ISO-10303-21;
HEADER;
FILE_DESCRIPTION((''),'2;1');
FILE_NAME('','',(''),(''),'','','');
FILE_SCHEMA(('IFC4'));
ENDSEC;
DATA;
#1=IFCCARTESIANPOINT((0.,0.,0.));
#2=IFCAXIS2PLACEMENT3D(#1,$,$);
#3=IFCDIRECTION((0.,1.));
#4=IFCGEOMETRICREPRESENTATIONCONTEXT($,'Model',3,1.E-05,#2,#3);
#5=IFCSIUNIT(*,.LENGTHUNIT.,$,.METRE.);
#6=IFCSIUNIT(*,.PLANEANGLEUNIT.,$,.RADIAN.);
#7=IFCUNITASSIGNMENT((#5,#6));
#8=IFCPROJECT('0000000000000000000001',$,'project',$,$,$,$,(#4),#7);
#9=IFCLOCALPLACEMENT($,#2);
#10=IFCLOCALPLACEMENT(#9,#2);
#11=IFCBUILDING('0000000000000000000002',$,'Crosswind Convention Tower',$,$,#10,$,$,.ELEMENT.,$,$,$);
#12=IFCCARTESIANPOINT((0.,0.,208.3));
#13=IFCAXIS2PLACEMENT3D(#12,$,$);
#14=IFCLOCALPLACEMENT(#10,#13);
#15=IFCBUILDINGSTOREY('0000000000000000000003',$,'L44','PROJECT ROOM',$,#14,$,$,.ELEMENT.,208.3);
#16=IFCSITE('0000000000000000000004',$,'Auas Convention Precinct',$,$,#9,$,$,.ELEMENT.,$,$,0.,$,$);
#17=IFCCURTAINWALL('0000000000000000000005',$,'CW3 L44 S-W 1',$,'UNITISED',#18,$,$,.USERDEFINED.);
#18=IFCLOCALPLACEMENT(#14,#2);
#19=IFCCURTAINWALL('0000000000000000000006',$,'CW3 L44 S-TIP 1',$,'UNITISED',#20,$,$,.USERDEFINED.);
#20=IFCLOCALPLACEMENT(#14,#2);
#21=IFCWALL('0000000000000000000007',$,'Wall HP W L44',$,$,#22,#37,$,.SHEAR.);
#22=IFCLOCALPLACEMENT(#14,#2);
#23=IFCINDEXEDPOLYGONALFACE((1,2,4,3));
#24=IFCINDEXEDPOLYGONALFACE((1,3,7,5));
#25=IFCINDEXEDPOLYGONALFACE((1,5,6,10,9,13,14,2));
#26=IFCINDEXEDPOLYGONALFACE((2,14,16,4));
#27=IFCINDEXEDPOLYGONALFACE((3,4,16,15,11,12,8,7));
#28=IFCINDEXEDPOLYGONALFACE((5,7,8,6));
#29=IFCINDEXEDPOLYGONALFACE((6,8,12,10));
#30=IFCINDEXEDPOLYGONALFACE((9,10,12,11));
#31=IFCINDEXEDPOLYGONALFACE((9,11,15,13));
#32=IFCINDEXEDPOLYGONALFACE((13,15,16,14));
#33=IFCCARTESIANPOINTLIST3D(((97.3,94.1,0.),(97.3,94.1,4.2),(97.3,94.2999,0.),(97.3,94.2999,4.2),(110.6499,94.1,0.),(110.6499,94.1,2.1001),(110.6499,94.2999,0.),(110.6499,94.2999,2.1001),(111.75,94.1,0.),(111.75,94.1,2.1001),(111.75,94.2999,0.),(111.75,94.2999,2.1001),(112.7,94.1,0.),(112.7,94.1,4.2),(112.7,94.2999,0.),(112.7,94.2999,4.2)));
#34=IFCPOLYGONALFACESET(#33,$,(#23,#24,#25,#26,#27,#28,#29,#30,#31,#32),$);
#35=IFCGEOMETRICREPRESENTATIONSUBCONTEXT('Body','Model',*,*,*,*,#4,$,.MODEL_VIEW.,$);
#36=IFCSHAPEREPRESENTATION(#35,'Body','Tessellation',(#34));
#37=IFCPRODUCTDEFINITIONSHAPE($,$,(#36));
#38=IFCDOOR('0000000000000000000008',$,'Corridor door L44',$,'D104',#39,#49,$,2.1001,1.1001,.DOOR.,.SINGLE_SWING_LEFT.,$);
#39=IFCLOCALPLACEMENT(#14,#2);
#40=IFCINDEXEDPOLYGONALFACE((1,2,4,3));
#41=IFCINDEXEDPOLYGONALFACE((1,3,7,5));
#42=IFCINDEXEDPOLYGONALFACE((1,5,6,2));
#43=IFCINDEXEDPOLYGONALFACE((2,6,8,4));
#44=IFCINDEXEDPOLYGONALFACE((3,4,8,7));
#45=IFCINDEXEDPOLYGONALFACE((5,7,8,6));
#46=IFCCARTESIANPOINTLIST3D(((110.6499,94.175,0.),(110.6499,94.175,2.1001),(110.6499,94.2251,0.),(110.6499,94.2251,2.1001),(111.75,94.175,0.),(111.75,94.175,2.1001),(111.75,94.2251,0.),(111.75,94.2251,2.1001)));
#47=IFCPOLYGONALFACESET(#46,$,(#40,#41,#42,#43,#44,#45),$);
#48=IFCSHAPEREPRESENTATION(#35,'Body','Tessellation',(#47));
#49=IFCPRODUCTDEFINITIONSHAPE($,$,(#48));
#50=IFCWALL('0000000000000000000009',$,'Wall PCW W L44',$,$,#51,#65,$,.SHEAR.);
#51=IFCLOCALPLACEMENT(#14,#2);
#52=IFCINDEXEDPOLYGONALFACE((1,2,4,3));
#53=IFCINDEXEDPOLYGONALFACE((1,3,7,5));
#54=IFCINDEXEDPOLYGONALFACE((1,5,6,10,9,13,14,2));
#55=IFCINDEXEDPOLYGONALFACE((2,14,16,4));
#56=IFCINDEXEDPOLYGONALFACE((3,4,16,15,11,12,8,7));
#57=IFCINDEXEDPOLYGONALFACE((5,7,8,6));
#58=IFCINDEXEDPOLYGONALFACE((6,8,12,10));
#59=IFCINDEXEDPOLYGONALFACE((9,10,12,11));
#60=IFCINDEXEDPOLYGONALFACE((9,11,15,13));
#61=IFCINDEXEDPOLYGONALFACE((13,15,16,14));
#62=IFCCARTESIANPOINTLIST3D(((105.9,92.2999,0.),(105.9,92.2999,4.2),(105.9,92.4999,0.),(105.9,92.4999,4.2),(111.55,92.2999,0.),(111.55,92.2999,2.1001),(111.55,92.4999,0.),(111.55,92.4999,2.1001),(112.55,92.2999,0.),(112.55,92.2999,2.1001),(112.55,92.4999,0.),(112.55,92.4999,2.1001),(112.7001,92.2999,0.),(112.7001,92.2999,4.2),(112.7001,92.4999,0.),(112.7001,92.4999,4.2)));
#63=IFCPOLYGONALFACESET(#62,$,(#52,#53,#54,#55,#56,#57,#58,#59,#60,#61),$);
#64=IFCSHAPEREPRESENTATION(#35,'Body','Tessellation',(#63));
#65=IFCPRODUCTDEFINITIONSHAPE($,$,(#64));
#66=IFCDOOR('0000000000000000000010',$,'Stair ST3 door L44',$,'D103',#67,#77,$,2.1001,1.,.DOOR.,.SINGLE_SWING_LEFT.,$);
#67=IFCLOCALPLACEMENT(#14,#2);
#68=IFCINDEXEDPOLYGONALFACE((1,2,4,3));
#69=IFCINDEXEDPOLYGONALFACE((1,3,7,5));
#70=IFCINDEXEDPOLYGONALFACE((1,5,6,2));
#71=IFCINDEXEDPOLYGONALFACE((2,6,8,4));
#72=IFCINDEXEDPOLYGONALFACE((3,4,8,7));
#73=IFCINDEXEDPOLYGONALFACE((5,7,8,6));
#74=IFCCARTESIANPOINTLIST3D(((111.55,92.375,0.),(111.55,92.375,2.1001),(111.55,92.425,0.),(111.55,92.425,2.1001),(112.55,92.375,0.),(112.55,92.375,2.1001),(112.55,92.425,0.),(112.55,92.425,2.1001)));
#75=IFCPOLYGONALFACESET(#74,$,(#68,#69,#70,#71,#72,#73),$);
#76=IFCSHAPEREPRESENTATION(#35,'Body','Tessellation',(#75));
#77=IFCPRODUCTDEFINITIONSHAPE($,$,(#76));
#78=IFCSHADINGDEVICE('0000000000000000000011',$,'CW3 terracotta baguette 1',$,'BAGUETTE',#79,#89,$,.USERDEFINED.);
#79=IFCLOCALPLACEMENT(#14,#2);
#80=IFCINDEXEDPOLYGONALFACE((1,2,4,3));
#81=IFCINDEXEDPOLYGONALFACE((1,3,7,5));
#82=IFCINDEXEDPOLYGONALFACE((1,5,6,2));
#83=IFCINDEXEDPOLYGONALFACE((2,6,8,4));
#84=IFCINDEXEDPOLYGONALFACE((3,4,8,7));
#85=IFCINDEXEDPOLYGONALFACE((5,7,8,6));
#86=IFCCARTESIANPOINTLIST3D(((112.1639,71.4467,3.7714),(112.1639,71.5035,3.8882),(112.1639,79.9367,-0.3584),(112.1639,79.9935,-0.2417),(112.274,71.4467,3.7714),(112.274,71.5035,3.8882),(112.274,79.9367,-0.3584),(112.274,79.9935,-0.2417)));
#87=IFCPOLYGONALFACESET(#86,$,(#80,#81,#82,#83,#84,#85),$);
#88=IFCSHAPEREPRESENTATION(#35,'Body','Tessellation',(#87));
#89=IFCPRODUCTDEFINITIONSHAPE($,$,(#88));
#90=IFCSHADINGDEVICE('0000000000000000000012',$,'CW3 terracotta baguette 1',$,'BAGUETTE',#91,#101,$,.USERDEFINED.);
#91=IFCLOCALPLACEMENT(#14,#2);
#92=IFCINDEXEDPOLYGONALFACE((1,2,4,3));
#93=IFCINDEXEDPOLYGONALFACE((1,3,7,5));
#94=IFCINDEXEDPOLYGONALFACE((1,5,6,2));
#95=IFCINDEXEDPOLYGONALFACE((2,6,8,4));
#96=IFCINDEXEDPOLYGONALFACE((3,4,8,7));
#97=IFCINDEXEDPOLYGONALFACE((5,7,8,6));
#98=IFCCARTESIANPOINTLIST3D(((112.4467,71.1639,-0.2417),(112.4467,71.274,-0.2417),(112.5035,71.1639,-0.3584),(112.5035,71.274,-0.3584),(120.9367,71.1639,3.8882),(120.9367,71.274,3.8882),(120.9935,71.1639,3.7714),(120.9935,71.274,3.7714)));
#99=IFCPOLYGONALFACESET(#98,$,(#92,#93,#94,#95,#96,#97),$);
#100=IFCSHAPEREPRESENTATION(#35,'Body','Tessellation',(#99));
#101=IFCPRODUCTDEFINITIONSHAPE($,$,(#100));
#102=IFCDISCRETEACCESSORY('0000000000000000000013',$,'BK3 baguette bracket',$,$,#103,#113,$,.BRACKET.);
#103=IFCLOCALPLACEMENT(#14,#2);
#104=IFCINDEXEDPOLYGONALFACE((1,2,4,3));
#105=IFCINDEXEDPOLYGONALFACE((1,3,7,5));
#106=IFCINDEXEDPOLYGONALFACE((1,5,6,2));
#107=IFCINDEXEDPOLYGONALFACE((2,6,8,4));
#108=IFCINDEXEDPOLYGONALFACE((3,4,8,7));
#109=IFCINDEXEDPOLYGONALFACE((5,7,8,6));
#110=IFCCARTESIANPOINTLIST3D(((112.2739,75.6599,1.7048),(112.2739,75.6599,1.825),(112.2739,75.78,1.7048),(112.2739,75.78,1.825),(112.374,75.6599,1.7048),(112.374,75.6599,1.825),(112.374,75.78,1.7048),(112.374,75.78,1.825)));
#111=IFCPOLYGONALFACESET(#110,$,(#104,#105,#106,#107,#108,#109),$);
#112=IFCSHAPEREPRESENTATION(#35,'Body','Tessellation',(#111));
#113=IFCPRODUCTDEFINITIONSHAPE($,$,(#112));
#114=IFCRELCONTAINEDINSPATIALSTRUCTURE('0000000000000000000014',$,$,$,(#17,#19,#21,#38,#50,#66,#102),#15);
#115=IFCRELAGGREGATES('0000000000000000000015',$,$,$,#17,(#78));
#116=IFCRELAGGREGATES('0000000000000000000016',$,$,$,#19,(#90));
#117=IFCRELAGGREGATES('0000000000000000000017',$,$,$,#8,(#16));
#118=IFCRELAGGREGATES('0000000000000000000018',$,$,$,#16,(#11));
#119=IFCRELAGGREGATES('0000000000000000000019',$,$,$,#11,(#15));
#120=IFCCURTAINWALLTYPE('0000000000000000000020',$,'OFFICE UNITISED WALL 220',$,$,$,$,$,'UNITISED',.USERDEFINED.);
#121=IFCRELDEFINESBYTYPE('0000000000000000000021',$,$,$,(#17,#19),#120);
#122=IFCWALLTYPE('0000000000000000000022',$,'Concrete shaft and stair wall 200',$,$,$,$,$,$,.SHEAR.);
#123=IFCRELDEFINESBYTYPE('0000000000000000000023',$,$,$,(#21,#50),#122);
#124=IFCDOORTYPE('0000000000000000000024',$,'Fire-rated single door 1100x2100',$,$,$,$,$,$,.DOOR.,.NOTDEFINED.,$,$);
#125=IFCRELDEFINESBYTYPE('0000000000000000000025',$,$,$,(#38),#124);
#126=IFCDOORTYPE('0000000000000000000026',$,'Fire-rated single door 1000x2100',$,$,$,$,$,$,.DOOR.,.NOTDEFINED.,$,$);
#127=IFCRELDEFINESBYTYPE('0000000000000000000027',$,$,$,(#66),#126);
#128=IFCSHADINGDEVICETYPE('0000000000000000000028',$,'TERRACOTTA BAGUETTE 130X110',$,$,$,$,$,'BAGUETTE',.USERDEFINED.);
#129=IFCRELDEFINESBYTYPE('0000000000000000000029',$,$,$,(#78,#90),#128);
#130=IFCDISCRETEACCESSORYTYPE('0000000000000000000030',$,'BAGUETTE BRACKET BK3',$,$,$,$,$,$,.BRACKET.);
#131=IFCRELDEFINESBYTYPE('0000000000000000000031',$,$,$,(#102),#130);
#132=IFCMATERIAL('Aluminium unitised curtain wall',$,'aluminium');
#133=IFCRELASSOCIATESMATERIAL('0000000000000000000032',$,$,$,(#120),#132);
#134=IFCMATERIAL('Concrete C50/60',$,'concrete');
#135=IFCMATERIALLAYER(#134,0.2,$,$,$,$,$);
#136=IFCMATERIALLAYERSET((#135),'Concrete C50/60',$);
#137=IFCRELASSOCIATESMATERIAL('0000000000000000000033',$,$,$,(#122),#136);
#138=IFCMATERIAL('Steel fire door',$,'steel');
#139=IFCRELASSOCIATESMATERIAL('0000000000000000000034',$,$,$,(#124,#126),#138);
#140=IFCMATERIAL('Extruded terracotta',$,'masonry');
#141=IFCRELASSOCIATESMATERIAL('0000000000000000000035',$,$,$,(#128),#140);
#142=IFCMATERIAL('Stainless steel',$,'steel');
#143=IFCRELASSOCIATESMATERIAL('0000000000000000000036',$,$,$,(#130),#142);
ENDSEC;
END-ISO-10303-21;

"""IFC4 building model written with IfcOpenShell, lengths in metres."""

from ifc_helpers import new_model, si_unit, direction, frame, frame_2d, origin, origin_2d, place, context, subcontext, project, spatial, rectangle, extrude, material, layer, layer_set, material_profile, profile_set, type_object, element, fill, aggregate, save


model = new_model("IFC4")

# Units and contexts
model_context = context("Model", 3, precision=1e-05, world=origin(), true_north=direction((0.0, 1.0)))
body_context = subcontext(model_context, "Body", "Model", "MODEL_VIEW")
ifc_project = project(units=[si_unit("LENGTHUNIT", "METRE"), si_unit("PLANEANGLEUNIT", "RADIAN")], contexts=[model_context])

# Site, building, storey
site_placement = place(None, origin())
site = spatial("IfcSite", under=ifc_project, at=site_placement, Name="Auas Convention Precinct", CompositionType="ELEMENT", RefElevation=0.0)
building_placement = place(site_placement, origin())
building = spatial("IfcBuilding", under=site, at=building_placement, Name="Crosswind Convention Tower", CompositionType="ELEMENT")
storey_placement = place(building_placement, frame((0.0, 0.0, 208.3)))
storey = spatial("IfcBuildingStorey", under=building, at=storey_placement, Name="L44", Description="PROJECT ROOM", CompositionType="ELEMENT", Elevation=208.3)

# Curtain wall
ifc_material_1 = material(Name="Aluminium unitised curtain wall", Category="aluminium")
curtain_wall_type_1 = type_object("IfcCurtainWallType", Name="OFFICE UNITISED WALL 220", ElementType="UNITISED", PredefinedType="USERDEFINED", material=ifc_material_1)
curtain_wall_1_placement = place(storey_placement, origin())
curtain_wall_1 = element("IfcCurtainWall", 1, at=curtain_wall_1_placement, inside=storey, type_object=curtain_wall_type_1, Name="CW3 L44 S-W 1", ObjectType="UNITISED", PredefinedType="USERDEFINED")

# Curtain wall
curtain_wall_2_placement = place(storey_placement, origin())
curtain_wall_2 = element("IfcCurtainWall", 2, at=curtain_wall_2_placement, inside=storey, type_object=curtain_wall_type_1, Name="CW3 L44 S-TIP 1", ObjectType="UNITISED", PredefinedType="USERDEFINED")

# Shared definitions
ifc_material_2 = material(Name="Concrete C50/60", Category="concrete")

# Walls, openings, doors
ifc_layer_1 = layer(ifc_material_2, 0.2)
ifc_layer_set_1 = layer_set([ifc_layer_1], Name="Concrete C50/60")
wall_type_1 = type_object("IfcWallType", Name="Concrete shaft and stair wall 200", PredefinedType="SHEAR", material=ifc_layer_set_1)
wall_1_placement = place(storey_placement, frame((112.7, 94.2, 0.0), z_axis=(0.0, 0.0, 1.0), x_axis=(-1.0, 0.0, 0.0)))
wall_1 = element("IfcWall", 3, at=wall_1_placement, inside=storey, type_object=wall_type_1, Name="Wall HP W L44", PredefinedType="SHEAR", context=body_context, shape_type="SweptSolid", body=[
    extrude(rectangle(XDim=15.3999, YDim=0.2, at=frame_2d((7.7, 0.0))), origin(), (0.0, 0.0, 1.0), 4.2),
])
opening_1_placement = place(wall_1_placement, frame((0.95, 0.0, 0.0)))
opening_1 = element("IfcOpeningElement", 4, at=opening_1_placement, cuts=wall_1, PredefinedType="OPENING", context=body_context, shape_type="SweptSolid", body=[
    extrude(rectangle(XDim=1.1001, YDim=2.1001, at=frame_2d((0.55, 1.05))), frame((0.0, 0.1099, 0.0), z_axis=(0.0, -1.0, 0.0), x_axis=(1.0, 0.0, 0.0)), (0.0, 0.0, 1.0), 0.22),
])
ifc_material_3 = material(Name="Steel fire door", Category="steel")
door_type_1 = type_object("IfcDoorType", Name="Fire-rated single door 1100x2100", OperationType="NOTDEFINED", PredefinedType="DOOR", material=ifc_material_3)
door_1_placement = place(opening_1_placement, origin())
door_1 = element("IfcDoor", 5, at=door_1_placement, inside=storey, type_object=door_type_1, Name="Corridor door L44", ObjectType="D104", OperationType="SINGLE_SWING_LEFT", OverallHeight=2.1001, OverallWidth=1.1001, PredefinedType="DOOR", context=body_context, shape_type="SweptSolid", body=[
    extrude(rectangle(XDim=1.1001, YDim=2.1001, at=frame_2d((0.55, 1.05))), frame((0.0, 0.0249, 0.0), z_axis=(0.0, -1.0, 0.0), x_axis=(1.0, 0.0, 0.0)), (0.0, 0.0, 1.0), 0.05),
])
fill(opening_1, door_1)
wall_2_placement = place(storey_placement, frame((112.7, 92.3999, 0.0), z_axis=(0.0, 0.0, 1.0), x_axis=(-1.0, 0.0, 0.0)))
wall_2 = element("IfcWall", 6, at=wall_2_placement, inside=storey, type_object=wall_type_1, Name="Wall PCW W L44", PredefinedType="SHEAR", context=body_context, shape_type="SweptSolid", body=[
    extrude(rectangle(XDim=6.8, YDim=0.2, at=frame_2d((3.3999, 0.0))), origin(), (0.0, 0.0, 1.0), 4.2),
])
opening_2_placement = place(wall_2_placement, frame((0.1499, 0.0, 0.0)))
opening_2 = element("IfcOpeningElement", 7, at=opening_2_placement, cuts=wall_2, PredefinedType="OPENING", context=body_context, shape_type="SweptSolid", body=[
    extrude(rectangle(XDim=1.0, YDim=2.1001, at=frame_2d((0.5, 1.05))), frame((0.0, 0.1099, 0.0), z_axis=(0.0, -1.0, 0.0), x_axis=(1.0, 0.0, 0.0)), (0.0, 0.0, 1.0), 0.22),
])
door_type_2 = type_object("IfcDoorType", Name="Fire-rated single door 1000x2100", OperationType="NOTDEFINED", PredefinedType="DOOR", material=ifc_material_3)
door_2_placement = place(opening_2_placement, origin())
door_2 = element("IfcDoor", 8, at=door_2_placement, inside=storey, type_object=door_type_2, Name="Stair ST3 door L44", ObjectType="D103", OperationType="SINGLE_SWING_LEFT", OverallHeight=2.1001, OverallWidth=1.0, PredefinedType="DOOR", context=body_context, shape_type="SweptSolid", body=[
    extrude(rectangle(XDim=1.0, YDim=2.1001, at=frame_2d((0.5, 1.05))), frame((0.0, 0.0249, 0.0), z_axis=(0.0, -1.0, 0.0), x_axis=(1.0, 0.0, 0.0)), (0.0, 0.0, 1.0), 0.05),
])
fill(opening_2, door_2)

# Shading devices
ifc_material_4 = material(Name="Extruded terracotta", Category="masonry")
ifc_material_profile_1 = material_profile(ifc_material_4, rectangle(XDim=0.1101, YDim=0.1299, at=origin_2d()), Name="TC 110X130")
ifc_profile_set_1 = profile_set([ifc_material_profile_1], Name="Extruded terracotta")
shading_device_type = type_object("IfcShadingDeviceType", Name="TERRACOTTA BAGUETTE 130X110", ElementType="BAGUETTE", PredefinedType="USERDEFINED", material=ifc_profile_set_1)
shading_device_1_placement = place(storey_placement, frame((112.219, 79.9651, -0.3), z_axis=(0.0, -0.899251, 0.437433), x_axis=(1.0, 0.0, 0.0)))
shading_device_1 = element("IfcShadingDevice", 9, at=shading_device_1_placement, type_object=shading_device_type, Name="CW3 terracotta baguette 1", ObjectType="BAGUETTE", PredefinedType="USERDEFINED", context=body_context, shape_type="SweptSolid", body=[
    extrude(rectangle(XDim=0.1101, YDim=0.1299, at=origin_2d()), origin(), (0.0, 0.0, 1.0), 9.4412),
])
aggregate(curtain_wall_1, [shading_device_1])
shading_device_2_placement = place(storey_placement, frame((112.4751, 71.219, -0.3), z_axis=(0.899251, 0.0, 0.437433), x_axis=(0.0, 1.0, 0.0)))
shading_device_2 = element("IfcShadingDevice", 10, at=shading_device_2_placement, type_object=shading_device_type, Name="CW3 terracotta baguette 1", ObjectType="BAGUETTE", PredefinedType="USERDEFINED", context=body_context, shape_type="SweptSolid", body=[
    extrude(rectangle(XDim=0.1101, YDim=0.1299, at=origin_2d()), origin(), (0.0, 0.0, 1.0), 9.4412),
])
aggregate(curtain_wall_2, [shading_device_2])

# Discrete accessory
ifc_material_5 = material(Name="Stainless steel", Category="steel")
discrete_accessory_type = type_object("IfcDiscreteAccessoryType", Name="BAGUETTE BRACKET BK3", PredefinedType="BRACKET", material=ifc_material_5)
discrete_accessory_placement = place(storey_placement, frame((112.324, 75.72, 1.7048), z_axis=(0.0, 0.0, 1.0), x_axis=(0.0, -1.0, 0.0)))
element("IfcDiscreteAccessory", 11, at=discrete_accessory_placement, inside=storey, type_object=discrete_accessory_type, Name="BK3 baguette bracket", PredefinedType="BRACKET", context=body_context, shape_type="SweptSolid", body=[
    extrude(rectangle(XDim=0.1201, YDim=0.1001, at=origin_2d()), origin(), (0.0, 0.0, 1.0), 0.1201),
])

save(model, "model.ifc")
